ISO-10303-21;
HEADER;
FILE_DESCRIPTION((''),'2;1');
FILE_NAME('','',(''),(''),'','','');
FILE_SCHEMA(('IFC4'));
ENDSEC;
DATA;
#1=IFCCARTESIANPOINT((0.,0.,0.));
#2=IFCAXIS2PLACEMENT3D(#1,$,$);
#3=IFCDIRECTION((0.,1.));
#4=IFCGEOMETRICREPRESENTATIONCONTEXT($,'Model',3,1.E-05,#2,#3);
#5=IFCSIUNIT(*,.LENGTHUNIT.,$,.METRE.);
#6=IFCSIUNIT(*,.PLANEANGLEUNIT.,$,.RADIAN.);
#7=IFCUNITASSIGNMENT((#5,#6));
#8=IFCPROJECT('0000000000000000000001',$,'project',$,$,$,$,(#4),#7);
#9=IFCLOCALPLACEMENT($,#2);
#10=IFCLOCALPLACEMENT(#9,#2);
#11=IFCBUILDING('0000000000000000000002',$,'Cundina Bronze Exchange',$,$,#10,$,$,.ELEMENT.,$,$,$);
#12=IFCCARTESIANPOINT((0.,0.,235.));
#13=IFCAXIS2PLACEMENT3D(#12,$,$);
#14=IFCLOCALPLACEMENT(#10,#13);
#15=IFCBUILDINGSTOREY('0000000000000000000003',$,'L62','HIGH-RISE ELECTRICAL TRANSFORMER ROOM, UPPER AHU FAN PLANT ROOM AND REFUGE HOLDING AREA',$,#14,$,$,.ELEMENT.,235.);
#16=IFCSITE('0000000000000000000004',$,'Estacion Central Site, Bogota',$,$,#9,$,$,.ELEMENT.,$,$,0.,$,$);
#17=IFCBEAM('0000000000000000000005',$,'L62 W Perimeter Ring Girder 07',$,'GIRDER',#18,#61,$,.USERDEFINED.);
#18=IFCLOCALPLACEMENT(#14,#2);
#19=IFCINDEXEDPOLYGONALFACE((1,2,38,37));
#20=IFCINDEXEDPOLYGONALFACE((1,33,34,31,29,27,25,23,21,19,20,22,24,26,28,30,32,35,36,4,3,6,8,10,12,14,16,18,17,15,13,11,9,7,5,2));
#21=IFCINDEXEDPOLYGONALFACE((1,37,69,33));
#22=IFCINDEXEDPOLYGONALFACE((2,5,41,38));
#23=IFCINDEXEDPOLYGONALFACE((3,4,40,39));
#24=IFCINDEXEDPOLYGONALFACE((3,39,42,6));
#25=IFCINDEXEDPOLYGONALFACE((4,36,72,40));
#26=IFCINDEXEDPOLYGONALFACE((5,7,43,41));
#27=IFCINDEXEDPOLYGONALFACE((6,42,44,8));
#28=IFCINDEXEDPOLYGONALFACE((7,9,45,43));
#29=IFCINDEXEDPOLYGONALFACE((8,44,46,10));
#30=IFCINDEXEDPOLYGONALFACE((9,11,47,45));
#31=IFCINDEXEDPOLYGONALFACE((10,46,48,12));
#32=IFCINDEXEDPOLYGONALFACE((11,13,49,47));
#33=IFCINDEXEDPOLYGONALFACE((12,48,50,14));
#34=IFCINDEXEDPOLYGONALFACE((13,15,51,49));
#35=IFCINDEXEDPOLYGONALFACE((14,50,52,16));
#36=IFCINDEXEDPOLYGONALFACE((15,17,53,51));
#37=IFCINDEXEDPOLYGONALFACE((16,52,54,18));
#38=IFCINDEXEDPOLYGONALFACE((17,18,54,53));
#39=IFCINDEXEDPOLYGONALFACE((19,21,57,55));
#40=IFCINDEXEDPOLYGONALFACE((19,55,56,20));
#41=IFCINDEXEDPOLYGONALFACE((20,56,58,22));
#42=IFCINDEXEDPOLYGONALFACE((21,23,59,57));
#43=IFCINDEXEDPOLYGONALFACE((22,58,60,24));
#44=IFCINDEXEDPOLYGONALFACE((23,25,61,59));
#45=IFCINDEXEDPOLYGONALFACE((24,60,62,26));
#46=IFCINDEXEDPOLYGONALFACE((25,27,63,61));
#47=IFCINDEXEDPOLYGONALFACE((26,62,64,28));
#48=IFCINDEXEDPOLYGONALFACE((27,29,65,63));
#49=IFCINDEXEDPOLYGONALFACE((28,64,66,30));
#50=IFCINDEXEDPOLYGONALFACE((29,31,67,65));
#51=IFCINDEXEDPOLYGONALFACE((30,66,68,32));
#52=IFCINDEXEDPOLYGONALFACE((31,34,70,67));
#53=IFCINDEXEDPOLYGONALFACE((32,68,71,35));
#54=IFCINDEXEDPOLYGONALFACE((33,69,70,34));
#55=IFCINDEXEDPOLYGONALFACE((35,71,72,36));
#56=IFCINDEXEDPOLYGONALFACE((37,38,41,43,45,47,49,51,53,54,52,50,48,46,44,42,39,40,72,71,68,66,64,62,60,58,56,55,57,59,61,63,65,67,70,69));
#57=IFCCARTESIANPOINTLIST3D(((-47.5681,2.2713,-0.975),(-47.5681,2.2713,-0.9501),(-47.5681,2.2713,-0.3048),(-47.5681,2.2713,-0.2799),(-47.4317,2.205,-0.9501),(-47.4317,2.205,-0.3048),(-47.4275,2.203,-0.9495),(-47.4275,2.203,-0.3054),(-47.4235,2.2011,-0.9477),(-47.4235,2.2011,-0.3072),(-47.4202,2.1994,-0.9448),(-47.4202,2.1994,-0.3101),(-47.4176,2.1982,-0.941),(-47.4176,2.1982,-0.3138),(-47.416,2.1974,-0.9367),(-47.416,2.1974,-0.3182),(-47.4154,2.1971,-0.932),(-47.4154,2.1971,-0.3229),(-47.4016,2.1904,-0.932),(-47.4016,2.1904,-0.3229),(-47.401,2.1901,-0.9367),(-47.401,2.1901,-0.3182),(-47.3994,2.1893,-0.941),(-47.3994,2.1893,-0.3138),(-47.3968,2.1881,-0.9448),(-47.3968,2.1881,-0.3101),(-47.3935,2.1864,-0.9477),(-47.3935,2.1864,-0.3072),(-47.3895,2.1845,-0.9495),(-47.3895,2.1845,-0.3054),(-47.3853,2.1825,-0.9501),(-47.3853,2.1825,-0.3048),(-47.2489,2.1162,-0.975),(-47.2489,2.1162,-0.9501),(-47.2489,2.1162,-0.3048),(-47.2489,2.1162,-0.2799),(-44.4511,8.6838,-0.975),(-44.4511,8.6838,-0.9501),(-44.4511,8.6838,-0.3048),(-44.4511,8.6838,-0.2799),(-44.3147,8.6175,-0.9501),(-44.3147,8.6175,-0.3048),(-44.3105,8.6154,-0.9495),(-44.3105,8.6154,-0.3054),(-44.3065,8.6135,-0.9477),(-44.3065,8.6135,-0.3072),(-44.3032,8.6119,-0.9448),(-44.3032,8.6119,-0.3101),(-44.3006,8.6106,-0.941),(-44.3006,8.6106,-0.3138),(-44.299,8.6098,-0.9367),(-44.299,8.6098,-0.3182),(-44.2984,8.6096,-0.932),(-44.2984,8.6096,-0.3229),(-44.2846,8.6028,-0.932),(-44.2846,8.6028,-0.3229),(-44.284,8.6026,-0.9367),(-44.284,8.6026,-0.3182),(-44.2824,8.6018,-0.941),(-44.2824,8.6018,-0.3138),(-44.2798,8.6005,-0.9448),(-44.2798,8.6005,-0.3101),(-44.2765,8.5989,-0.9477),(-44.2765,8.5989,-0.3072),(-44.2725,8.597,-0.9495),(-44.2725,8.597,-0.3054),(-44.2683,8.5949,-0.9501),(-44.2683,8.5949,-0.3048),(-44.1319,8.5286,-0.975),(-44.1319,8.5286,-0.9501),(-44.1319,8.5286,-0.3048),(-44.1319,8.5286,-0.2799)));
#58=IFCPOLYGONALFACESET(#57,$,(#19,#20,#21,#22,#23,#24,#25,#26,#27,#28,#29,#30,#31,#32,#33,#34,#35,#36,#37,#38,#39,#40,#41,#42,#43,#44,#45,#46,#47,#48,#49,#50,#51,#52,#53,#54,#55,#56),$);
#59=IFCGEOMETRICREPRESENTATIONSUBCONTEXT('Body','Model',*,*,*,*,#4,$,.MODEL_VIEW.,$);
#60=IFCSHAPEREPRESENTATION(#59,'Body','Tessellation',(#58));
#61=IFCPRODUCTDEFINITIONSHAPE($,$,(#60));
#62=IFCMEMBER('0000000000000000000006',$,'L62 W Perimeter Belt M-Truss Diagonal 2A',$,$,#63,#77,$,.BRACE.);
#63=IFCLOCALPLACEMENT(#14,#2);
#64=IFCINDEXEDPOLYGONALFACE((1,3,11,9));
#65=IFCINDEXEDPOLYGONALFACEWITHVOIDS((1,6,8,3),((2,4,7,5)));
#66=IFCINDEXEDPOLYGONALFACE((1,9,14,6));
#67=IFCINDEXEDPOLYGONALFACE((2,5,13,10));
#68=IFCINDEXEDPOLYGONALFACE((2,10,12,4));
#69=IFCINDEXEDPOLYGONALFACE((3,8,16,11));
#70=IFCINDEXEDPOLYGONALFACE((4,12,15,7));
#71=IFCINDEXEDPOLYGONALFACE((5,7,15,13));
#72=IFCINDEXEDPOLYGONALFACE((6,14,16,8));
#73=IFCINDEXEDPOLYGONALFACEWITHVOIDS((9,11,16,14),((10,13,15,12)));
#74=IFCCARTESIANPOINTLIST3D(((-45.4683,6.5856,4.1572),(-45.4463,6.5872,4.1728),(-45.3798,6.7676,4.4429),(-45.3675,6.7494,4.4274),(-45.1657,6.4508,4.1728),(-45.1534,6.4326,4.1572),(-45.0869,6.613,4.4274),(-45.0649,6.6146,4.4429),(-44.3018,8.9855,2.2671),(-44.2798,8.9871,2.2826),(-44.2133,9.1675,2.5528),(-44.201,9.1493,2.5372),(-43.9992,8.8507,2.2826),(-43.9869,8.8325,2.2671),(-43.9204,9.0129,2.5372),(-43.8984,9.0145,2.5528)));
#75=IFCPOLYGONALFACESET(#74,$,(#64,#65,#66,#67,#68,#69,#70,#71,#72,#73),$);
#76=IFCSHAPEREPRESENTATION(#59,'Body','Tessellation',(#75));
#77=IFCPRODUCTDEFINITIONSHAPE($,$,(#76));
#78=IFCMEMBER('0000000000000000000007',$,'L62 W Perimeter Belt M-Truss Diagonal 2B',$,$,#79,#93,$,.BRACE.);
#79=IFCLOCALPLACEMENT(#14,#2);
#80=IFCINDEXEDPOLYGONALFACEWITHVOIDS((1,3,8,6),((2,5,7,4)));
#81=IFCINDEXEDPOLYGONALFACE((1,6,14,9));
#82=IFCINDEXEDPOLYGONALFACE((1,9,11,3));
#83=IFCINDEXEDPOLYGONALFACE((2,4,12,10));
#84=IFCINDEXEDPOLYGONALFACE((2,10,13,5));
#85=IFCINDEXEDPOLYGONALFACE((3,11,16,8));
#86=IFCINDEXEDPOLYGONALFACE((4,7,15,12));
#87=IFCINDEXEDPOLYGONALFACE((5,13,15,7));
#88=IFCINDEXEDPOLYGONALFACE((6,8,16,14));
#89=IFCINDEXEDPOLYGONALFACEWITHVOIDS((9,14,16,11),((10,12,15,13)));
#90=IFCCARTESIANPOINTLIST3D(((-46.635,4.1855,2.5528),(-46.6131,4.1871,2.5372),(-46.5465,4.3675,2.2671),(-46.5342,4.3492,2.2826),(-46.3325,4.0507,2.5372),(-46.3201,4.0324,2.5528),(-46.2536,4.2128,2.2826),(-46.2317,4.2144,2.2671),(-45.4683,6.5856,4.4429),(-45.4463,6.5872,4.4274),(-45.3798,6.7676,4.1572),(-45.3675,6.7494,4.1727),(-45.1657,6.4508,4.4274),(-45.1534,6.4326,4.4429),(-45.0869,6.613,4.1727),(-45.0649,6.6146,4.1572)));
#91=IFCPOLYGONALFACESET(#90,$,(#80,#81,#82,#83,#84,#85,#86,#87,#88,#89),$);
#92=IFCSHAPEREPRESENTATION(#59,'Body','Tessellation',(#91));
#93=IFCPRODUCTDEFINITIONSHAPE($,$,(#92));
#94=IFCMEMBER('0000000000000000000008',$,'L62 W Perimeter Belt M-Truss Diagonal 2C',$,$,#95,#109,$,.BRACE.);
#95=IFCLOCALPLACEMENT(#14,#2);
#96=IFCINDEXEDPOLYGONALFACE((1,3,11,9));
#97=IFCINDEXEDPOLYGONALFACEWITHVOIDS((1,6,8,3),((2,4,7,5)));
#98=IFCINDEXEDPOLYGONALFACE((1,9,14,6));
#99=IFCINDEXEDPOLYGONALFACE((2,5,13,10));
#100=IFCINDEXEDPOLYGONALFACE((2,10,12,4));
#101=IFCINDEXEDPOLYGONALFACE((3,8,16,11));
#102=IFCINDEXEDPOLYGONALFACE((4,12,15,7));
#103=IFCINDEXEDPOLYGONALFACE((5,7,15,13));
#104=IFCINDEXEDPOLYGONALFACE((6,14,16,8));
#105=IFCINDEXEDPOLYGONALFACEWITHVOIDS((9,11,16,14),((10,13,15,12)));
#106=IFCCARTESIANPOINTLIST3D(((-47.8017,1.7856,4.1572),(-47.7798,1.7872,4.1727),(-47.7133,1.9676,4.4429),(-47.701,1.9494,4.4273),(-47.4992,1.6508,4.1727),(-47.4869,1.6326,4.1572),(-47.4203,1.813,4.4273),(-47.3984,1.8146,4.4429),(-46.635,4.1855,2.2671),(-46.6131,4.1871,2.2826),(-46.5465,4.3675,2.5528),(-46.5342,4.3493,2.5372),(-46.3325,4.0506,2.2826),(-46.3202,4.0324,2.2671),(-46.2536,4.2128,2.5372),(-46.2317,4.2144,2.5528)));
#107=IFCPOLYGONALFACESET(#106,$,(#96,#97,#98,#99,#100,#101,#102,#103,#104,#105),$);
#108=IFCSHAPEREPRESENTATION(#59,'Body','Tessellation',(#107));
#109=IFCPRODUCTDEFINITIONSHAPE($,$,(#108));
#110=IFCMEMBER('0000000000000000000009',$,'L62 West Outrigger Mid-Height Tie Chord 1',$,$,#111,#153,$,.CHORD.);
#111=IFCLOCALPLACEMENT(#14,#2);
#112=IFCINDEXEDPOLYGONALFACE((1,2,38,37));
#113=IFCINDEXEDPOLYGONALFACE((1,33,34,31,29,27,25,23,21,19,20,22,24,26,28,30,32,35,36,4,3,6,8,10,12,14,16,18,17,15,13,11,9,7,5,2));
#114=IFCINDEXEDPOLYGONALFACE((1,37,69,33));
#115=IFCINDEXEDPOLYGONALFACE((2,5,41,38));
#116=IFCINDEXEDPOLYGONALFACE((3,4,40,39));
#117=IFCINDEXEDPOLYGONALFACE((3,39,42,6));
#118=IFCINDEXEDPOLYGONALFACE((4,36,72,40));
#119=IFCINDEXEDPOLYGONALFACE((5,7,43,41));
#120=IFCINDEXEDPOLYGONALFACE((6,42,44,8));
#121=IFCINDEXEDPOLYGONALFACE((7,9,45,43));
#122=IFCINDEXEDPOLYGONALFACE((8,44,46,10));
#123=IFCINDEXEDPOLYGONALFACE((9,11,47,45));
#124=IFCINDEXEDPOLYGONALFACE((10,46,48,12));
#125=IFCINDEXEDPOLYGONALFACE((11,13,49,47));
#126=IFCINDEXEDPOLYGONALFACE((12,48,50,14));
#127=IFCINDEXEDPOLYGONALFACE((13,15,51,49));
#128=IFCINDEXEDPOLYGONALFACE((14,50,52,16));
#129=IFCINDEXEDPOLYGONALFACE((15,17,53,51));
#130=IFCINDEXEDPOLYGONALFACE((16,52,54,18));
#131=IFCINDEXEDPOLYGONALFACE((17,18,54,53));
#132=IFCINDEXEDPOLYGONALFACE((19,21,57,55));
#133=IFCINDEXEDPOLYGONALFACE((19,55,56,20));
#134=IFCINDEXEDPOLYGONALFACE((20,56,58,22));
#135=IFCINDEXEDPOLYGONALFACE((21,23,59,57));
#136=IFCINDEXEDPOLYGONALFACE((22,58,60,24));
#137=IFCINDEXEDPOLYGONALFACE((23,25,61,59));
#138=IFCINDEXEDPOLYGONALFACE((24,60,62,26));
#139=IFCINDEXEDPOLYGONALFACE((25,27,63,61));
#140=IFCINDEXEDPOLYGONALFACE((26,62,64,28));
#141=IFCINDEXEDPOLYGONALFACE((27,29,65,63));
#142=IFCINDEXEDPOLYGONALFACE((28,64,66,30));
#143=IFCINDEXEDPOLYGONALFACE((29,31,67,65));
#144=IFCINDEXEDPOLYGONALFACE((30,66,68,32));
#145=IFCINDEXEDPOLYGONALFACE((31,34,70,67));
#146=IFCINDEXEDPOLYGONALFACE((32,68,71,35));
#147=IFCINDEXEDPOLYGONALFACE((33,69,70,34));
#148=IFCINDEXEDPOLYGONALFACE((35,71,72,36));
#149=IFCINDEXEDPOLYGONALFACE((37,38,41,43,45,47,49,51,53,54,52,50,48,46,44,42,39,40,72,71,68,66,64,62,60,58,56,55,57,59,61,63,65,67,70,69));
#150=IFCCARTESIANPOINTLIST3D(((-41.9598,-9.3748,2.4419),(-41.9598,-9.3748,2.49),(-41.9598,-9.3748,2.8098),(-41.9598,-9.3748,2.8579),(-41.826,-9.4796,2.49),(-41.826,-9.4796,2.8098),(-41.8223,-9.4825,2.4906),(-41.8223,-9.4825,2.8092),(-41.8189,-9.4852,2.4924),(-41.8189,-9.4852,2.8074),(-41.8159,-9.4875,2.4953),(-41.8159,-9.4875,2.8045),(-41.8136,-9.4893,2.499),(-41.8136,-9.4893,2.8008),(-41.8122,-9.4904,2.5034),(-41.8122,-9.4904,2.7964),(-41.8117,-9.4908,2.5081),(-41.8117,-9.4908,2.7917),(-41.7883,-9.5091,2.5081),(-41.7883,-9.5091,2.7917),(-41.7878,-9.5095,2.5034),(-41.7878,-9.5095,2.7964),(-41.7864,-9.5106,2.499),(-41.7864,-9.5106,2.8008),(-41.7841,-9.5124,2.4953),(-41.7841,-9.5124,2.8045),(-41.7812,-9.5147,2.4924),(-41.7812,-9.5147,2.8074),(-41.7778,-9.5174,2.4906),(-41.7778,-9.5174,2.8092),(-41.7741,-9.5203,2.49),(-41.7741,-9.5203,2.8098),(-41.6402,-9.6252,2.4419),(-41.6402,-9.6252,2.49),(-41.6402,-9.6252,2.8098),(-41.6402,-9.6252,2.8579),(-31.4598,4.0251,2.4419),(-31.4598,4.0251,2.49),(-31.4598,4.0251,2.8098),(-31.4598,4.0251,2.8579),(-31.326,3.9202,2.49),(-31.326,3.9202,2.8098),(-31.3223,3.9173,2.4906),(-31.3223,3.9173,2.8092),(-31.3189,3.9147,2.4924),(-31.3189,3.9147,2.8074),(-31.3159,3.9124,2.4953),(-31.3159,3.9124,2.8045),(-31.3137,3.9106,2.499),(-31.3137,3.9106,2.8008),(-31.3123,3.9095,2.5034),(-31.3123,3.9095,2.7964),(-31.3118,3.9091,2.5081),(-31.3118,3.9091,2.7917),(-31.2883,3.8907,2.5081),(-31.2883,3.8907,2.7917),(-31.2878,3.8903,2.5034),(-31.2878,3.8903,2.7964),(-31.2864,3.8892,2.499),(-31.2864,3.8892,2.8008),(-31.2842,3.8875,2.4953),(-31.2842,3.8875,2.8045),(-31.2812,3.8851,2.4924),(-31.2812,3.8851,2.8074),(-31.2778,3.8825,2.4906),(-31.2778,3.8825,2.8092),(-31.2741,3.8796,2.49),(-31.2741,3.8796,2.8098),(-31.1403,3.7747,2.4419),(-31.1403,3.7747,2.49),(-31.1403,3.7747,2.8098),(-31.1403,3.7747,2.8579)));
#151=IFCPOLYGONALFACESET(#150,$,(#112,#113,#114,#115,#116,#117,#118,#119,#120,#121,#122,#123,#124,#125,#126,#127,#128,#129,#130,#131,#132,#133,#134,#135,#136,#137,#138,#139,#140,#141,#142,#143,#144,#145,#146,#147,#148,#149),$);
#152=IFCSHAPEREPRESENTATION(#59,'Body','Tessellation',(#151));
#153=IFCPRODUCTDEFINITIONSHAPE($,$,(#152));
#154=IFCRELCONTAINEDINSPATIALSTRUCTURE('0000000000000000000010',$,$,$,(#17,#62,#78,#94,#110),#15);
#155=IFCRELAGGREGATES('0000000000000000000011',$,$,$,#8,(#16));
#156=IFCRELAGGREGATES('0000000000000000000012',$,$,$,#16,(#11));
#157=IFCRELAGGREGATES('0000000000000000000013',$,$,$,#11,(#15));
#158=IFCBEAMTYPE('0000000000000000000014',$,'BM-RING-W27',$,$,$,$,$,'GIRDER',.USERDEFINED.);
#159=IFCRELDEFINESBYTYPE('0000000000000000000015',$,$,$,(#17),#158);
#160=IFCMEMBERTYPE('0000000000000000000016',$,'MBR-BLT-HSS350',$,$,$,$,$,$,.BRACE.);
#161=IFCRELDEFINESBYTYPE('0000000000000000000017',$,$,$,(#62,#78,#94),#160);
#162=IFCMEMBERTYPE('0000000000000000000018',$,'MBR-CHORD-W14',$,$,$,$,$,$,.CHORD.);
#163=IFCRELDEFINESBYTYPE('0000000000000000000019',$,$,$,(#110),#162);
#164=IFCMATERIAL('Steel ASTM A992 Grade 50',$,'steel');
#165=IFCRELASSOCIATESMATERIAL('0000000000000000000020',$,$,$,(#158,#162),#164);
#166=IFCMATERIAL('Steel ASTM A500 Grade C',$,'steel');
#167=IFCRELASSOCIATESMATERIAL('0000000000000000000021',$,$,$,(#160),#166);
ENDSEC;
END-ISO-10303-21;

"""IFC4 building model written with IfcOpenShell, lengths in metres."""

from ifc_helpers import new_model, si_unit, direction, frame, origin, origin_2d, place, context, subcontext, project, spatial, hollow_rectangle, i_section, extrude, material, material_profile, profile_set, type_object, element, save


model = new_model("IFC4")

# Units and contexts
model_context = context("Model", 3, precision=1e-05, world=origin(), true_north=direction((0.0, 1.0)))
body_context = subcontext(model_context, "Body", "Model", "MODEL_VIEW")
ifc_project = project(units=[si_unit("LENGTHUNIT", "METRE"), si_unit("PLANEANGLEUNIT", "RADIAN")], contexts=[model_context])

# Site, building, storey
site_placement = place(None, origin())
site = spatial("IfcSite", under=ifc_project, at=site_placement, Name="Estacion Central Site, Bogota", CompositionType="ELEMENT", RefElevation=0.0)
building_placement = place(site_placement, origin())
building = spatial("IfcBuilding", under=site, at=building_placement, Name="Cundina Bronze Exchange", CompositionType="ELEMENT")
storey_placement = place(building_placement, frame((0.0, 0.0, 235.0)))
storey = spatial("IfcBuildingStorey", under=building, at=storey_placement, Name="L62", Description="HIGH-RISE ELECTRICAL TRANSFORMER ROOM, UPPER AHU FAN PLANT ROOM AND REFUGE HOLDING AREA", CompositionType="ELEMENT", Elevation=235.0)

# Shared definitions
ifc_material_1 = material(Name="Steel ASTM A992 Grade 50", Category="steel")

# Beam
ifc_material_profile_1 = material_profile(ifc_material_1, i_section(OverallWidth=0.355, OverallDepth=0.6951, WebThickness=0.0154, FlangeThickness=0.0249, FilletRadius=0.0181, at=origin_2d()), Name="W27X146", Category="steel")
ifc_profile_set_1 = profile_set([ifc_material_profile_1], Name="Steel ASTM A992 Grade 50")
beam_type_1 = type_object("IfcBeamType", Name="BM-RING-W27", ElementType="GIRDER", PredefinedType="USERDEFINED", material=ifc_profile_set_1)
beam_1_placement = place(storey_placement, frame((-44.2915, 8.6062, -0.6274), z_axis=(-0.437173, -0.899377, 0.0), x_axis=(0.899377, -0.437173, 0.0)))
element("IfcBeam", 1, at=beam_1_placement, inside=storey, type_object=beam_type_1, Name="L62 W Perimeter Ring Girder 07", ObjectType="GIRDER", PredefinedType="USERDEFINED", context=body_context, shape_type="SweptSolid", body=[
    extrude(i_section(OverallWidth=0.355, OverallDepth=0.6951, WebThickness=0.0154, FlangeThickness=0.0249, FilletRadius=0.0181, at=origin_2d()), origin(), (0.0, 0.0, 1.0), 7.1299),
])

# Members
ifc_material_2 = material(Name="Steel ASTM A500 Grade C", Category="steel")
ifc_material_profile_2 = material_profile(ifc_material_2, hollow_rectangle(XDim=0.3501, YDim=0.3501, WallThickness=0.019, at=origin_2d()), Name="HSS350X350X19", Category="steel")
ifc_profile_set_2 = profile_set([ifc_material_profile_2], Name="Steel ASTM A500 Grade C")
member_type_1 = type_object("IfcMemberType", Name="MBR-BLT-HSS350", PredefinedType="BRACE", material=ifc_profile_set_2)
member_1_placement = place(storey_placement, frame((-44.1001, 9.0, 2.4099), z_axis=(-0.356729, -0.733916, 0.578024), x_axis=(0.899385, -0.437158, 0.0)))
element("IfcMember", 2, at=member_1_placement, inside=storey, type_object=member_type_1, Name="L62 W Perimeter Belt M-Truss Diagonal 2A", PredefinedType="BRACE", context=body_context, shape_type="SweptSolid", body=[
    extrude(hollow_rectangle(XDim=0.3501, YDim=0.3501, WallThickness=0.019, at=origin_2d()), origin(), (0.0, 0.0, 1.0), 3.27),
])
member_2_placement = place(storey_placement, frame((-45.2666, 6.6001, 4.3), z_axis=(-0.356775, -0.733931, -0.577977), x_axis=(0.899366, -0.437196, 0.0)))
element("IfcMember", 3, at=member_2_placement, inside=storey, type_object=member_type_1, Name="L62 W Perimeter Belt M-Truss Diagonal 2B", PredefinedType="BRACE", context=body_context, shape_type="SweptSolid", body=[
    extrude(hollow_rectangle(XDim=0.3501, YDim=0.3501, WallThickness=0.019, at=origin_2d()), origin(), (0.0, 0.0, 1.0), 3.2703),
])
member_3_placement = place(storey_placement, frame((-46.4333, 4.2, 2.4099), z_axis=(-0.356795, -0.733896, 0.578009), x_axis=(0.899349, -0.437232, 0.0)))
element("IfcMember", 4, at=member_3_placement, inside=storey, type_object=member_type_1, Name="L62 W Perimeter Belt M-Truss Diagonal 2C", PredefinedType="BRACE", context=body_context, shape_type="SweptSolid", body=[
    extrude(hollow_rectangle(XDim=0.3501, YDim=0.3501, WallThickness=0.019, at=origin_2d()), origin(), (0.0, 0.0, 1.0), 3.27),
])
ifc_material_profile_3 = material_profile(ifc_material_1, i_section(OverallWidth=0.406, OverallDepth=0.416, WebThickness=0.0298, FlangeThickness=0.0481, FilletRadius=0.0181, at=origin_2d()), Name="W14X257", Category="steel")
ifc_profile_set_3 = profile_set([ifc_material_profile_3], Name="Steel ASTM A992 Grade 50")
member_type_2 = type_object("IfcMemberType", Name="MBR-CHORD-W14", PredefinedType="CHORD", material=ifc_profile_set_3)
member_4_placement = place(storey_placement, frame((-31.3, 3.8999, 2.6499), z_axis=(-0.616786, -0.787131, 0.0), x_axis=(0.787131, -0.616786, 0.0)))
element("IfcMember", 5, at=member_4_placement, inside=storey, type_object=member_type_2, Name="L62 West Outrigger Mid-Height Tie Chord 1", PredefinedType="CHORD", context=body_context, shape_type="SweptSolid", body=[
    extrude(i_section(OverallWidth=0.406, OverallDepth=0.416, WebThickness=0.0298, FlangeThickness=0.0481, FilletRadius=0.0181, at=origin_2d()), origin(), (0.0, 0.0, 1.0), 17.0237),
])

save(model, "model.ifc")
